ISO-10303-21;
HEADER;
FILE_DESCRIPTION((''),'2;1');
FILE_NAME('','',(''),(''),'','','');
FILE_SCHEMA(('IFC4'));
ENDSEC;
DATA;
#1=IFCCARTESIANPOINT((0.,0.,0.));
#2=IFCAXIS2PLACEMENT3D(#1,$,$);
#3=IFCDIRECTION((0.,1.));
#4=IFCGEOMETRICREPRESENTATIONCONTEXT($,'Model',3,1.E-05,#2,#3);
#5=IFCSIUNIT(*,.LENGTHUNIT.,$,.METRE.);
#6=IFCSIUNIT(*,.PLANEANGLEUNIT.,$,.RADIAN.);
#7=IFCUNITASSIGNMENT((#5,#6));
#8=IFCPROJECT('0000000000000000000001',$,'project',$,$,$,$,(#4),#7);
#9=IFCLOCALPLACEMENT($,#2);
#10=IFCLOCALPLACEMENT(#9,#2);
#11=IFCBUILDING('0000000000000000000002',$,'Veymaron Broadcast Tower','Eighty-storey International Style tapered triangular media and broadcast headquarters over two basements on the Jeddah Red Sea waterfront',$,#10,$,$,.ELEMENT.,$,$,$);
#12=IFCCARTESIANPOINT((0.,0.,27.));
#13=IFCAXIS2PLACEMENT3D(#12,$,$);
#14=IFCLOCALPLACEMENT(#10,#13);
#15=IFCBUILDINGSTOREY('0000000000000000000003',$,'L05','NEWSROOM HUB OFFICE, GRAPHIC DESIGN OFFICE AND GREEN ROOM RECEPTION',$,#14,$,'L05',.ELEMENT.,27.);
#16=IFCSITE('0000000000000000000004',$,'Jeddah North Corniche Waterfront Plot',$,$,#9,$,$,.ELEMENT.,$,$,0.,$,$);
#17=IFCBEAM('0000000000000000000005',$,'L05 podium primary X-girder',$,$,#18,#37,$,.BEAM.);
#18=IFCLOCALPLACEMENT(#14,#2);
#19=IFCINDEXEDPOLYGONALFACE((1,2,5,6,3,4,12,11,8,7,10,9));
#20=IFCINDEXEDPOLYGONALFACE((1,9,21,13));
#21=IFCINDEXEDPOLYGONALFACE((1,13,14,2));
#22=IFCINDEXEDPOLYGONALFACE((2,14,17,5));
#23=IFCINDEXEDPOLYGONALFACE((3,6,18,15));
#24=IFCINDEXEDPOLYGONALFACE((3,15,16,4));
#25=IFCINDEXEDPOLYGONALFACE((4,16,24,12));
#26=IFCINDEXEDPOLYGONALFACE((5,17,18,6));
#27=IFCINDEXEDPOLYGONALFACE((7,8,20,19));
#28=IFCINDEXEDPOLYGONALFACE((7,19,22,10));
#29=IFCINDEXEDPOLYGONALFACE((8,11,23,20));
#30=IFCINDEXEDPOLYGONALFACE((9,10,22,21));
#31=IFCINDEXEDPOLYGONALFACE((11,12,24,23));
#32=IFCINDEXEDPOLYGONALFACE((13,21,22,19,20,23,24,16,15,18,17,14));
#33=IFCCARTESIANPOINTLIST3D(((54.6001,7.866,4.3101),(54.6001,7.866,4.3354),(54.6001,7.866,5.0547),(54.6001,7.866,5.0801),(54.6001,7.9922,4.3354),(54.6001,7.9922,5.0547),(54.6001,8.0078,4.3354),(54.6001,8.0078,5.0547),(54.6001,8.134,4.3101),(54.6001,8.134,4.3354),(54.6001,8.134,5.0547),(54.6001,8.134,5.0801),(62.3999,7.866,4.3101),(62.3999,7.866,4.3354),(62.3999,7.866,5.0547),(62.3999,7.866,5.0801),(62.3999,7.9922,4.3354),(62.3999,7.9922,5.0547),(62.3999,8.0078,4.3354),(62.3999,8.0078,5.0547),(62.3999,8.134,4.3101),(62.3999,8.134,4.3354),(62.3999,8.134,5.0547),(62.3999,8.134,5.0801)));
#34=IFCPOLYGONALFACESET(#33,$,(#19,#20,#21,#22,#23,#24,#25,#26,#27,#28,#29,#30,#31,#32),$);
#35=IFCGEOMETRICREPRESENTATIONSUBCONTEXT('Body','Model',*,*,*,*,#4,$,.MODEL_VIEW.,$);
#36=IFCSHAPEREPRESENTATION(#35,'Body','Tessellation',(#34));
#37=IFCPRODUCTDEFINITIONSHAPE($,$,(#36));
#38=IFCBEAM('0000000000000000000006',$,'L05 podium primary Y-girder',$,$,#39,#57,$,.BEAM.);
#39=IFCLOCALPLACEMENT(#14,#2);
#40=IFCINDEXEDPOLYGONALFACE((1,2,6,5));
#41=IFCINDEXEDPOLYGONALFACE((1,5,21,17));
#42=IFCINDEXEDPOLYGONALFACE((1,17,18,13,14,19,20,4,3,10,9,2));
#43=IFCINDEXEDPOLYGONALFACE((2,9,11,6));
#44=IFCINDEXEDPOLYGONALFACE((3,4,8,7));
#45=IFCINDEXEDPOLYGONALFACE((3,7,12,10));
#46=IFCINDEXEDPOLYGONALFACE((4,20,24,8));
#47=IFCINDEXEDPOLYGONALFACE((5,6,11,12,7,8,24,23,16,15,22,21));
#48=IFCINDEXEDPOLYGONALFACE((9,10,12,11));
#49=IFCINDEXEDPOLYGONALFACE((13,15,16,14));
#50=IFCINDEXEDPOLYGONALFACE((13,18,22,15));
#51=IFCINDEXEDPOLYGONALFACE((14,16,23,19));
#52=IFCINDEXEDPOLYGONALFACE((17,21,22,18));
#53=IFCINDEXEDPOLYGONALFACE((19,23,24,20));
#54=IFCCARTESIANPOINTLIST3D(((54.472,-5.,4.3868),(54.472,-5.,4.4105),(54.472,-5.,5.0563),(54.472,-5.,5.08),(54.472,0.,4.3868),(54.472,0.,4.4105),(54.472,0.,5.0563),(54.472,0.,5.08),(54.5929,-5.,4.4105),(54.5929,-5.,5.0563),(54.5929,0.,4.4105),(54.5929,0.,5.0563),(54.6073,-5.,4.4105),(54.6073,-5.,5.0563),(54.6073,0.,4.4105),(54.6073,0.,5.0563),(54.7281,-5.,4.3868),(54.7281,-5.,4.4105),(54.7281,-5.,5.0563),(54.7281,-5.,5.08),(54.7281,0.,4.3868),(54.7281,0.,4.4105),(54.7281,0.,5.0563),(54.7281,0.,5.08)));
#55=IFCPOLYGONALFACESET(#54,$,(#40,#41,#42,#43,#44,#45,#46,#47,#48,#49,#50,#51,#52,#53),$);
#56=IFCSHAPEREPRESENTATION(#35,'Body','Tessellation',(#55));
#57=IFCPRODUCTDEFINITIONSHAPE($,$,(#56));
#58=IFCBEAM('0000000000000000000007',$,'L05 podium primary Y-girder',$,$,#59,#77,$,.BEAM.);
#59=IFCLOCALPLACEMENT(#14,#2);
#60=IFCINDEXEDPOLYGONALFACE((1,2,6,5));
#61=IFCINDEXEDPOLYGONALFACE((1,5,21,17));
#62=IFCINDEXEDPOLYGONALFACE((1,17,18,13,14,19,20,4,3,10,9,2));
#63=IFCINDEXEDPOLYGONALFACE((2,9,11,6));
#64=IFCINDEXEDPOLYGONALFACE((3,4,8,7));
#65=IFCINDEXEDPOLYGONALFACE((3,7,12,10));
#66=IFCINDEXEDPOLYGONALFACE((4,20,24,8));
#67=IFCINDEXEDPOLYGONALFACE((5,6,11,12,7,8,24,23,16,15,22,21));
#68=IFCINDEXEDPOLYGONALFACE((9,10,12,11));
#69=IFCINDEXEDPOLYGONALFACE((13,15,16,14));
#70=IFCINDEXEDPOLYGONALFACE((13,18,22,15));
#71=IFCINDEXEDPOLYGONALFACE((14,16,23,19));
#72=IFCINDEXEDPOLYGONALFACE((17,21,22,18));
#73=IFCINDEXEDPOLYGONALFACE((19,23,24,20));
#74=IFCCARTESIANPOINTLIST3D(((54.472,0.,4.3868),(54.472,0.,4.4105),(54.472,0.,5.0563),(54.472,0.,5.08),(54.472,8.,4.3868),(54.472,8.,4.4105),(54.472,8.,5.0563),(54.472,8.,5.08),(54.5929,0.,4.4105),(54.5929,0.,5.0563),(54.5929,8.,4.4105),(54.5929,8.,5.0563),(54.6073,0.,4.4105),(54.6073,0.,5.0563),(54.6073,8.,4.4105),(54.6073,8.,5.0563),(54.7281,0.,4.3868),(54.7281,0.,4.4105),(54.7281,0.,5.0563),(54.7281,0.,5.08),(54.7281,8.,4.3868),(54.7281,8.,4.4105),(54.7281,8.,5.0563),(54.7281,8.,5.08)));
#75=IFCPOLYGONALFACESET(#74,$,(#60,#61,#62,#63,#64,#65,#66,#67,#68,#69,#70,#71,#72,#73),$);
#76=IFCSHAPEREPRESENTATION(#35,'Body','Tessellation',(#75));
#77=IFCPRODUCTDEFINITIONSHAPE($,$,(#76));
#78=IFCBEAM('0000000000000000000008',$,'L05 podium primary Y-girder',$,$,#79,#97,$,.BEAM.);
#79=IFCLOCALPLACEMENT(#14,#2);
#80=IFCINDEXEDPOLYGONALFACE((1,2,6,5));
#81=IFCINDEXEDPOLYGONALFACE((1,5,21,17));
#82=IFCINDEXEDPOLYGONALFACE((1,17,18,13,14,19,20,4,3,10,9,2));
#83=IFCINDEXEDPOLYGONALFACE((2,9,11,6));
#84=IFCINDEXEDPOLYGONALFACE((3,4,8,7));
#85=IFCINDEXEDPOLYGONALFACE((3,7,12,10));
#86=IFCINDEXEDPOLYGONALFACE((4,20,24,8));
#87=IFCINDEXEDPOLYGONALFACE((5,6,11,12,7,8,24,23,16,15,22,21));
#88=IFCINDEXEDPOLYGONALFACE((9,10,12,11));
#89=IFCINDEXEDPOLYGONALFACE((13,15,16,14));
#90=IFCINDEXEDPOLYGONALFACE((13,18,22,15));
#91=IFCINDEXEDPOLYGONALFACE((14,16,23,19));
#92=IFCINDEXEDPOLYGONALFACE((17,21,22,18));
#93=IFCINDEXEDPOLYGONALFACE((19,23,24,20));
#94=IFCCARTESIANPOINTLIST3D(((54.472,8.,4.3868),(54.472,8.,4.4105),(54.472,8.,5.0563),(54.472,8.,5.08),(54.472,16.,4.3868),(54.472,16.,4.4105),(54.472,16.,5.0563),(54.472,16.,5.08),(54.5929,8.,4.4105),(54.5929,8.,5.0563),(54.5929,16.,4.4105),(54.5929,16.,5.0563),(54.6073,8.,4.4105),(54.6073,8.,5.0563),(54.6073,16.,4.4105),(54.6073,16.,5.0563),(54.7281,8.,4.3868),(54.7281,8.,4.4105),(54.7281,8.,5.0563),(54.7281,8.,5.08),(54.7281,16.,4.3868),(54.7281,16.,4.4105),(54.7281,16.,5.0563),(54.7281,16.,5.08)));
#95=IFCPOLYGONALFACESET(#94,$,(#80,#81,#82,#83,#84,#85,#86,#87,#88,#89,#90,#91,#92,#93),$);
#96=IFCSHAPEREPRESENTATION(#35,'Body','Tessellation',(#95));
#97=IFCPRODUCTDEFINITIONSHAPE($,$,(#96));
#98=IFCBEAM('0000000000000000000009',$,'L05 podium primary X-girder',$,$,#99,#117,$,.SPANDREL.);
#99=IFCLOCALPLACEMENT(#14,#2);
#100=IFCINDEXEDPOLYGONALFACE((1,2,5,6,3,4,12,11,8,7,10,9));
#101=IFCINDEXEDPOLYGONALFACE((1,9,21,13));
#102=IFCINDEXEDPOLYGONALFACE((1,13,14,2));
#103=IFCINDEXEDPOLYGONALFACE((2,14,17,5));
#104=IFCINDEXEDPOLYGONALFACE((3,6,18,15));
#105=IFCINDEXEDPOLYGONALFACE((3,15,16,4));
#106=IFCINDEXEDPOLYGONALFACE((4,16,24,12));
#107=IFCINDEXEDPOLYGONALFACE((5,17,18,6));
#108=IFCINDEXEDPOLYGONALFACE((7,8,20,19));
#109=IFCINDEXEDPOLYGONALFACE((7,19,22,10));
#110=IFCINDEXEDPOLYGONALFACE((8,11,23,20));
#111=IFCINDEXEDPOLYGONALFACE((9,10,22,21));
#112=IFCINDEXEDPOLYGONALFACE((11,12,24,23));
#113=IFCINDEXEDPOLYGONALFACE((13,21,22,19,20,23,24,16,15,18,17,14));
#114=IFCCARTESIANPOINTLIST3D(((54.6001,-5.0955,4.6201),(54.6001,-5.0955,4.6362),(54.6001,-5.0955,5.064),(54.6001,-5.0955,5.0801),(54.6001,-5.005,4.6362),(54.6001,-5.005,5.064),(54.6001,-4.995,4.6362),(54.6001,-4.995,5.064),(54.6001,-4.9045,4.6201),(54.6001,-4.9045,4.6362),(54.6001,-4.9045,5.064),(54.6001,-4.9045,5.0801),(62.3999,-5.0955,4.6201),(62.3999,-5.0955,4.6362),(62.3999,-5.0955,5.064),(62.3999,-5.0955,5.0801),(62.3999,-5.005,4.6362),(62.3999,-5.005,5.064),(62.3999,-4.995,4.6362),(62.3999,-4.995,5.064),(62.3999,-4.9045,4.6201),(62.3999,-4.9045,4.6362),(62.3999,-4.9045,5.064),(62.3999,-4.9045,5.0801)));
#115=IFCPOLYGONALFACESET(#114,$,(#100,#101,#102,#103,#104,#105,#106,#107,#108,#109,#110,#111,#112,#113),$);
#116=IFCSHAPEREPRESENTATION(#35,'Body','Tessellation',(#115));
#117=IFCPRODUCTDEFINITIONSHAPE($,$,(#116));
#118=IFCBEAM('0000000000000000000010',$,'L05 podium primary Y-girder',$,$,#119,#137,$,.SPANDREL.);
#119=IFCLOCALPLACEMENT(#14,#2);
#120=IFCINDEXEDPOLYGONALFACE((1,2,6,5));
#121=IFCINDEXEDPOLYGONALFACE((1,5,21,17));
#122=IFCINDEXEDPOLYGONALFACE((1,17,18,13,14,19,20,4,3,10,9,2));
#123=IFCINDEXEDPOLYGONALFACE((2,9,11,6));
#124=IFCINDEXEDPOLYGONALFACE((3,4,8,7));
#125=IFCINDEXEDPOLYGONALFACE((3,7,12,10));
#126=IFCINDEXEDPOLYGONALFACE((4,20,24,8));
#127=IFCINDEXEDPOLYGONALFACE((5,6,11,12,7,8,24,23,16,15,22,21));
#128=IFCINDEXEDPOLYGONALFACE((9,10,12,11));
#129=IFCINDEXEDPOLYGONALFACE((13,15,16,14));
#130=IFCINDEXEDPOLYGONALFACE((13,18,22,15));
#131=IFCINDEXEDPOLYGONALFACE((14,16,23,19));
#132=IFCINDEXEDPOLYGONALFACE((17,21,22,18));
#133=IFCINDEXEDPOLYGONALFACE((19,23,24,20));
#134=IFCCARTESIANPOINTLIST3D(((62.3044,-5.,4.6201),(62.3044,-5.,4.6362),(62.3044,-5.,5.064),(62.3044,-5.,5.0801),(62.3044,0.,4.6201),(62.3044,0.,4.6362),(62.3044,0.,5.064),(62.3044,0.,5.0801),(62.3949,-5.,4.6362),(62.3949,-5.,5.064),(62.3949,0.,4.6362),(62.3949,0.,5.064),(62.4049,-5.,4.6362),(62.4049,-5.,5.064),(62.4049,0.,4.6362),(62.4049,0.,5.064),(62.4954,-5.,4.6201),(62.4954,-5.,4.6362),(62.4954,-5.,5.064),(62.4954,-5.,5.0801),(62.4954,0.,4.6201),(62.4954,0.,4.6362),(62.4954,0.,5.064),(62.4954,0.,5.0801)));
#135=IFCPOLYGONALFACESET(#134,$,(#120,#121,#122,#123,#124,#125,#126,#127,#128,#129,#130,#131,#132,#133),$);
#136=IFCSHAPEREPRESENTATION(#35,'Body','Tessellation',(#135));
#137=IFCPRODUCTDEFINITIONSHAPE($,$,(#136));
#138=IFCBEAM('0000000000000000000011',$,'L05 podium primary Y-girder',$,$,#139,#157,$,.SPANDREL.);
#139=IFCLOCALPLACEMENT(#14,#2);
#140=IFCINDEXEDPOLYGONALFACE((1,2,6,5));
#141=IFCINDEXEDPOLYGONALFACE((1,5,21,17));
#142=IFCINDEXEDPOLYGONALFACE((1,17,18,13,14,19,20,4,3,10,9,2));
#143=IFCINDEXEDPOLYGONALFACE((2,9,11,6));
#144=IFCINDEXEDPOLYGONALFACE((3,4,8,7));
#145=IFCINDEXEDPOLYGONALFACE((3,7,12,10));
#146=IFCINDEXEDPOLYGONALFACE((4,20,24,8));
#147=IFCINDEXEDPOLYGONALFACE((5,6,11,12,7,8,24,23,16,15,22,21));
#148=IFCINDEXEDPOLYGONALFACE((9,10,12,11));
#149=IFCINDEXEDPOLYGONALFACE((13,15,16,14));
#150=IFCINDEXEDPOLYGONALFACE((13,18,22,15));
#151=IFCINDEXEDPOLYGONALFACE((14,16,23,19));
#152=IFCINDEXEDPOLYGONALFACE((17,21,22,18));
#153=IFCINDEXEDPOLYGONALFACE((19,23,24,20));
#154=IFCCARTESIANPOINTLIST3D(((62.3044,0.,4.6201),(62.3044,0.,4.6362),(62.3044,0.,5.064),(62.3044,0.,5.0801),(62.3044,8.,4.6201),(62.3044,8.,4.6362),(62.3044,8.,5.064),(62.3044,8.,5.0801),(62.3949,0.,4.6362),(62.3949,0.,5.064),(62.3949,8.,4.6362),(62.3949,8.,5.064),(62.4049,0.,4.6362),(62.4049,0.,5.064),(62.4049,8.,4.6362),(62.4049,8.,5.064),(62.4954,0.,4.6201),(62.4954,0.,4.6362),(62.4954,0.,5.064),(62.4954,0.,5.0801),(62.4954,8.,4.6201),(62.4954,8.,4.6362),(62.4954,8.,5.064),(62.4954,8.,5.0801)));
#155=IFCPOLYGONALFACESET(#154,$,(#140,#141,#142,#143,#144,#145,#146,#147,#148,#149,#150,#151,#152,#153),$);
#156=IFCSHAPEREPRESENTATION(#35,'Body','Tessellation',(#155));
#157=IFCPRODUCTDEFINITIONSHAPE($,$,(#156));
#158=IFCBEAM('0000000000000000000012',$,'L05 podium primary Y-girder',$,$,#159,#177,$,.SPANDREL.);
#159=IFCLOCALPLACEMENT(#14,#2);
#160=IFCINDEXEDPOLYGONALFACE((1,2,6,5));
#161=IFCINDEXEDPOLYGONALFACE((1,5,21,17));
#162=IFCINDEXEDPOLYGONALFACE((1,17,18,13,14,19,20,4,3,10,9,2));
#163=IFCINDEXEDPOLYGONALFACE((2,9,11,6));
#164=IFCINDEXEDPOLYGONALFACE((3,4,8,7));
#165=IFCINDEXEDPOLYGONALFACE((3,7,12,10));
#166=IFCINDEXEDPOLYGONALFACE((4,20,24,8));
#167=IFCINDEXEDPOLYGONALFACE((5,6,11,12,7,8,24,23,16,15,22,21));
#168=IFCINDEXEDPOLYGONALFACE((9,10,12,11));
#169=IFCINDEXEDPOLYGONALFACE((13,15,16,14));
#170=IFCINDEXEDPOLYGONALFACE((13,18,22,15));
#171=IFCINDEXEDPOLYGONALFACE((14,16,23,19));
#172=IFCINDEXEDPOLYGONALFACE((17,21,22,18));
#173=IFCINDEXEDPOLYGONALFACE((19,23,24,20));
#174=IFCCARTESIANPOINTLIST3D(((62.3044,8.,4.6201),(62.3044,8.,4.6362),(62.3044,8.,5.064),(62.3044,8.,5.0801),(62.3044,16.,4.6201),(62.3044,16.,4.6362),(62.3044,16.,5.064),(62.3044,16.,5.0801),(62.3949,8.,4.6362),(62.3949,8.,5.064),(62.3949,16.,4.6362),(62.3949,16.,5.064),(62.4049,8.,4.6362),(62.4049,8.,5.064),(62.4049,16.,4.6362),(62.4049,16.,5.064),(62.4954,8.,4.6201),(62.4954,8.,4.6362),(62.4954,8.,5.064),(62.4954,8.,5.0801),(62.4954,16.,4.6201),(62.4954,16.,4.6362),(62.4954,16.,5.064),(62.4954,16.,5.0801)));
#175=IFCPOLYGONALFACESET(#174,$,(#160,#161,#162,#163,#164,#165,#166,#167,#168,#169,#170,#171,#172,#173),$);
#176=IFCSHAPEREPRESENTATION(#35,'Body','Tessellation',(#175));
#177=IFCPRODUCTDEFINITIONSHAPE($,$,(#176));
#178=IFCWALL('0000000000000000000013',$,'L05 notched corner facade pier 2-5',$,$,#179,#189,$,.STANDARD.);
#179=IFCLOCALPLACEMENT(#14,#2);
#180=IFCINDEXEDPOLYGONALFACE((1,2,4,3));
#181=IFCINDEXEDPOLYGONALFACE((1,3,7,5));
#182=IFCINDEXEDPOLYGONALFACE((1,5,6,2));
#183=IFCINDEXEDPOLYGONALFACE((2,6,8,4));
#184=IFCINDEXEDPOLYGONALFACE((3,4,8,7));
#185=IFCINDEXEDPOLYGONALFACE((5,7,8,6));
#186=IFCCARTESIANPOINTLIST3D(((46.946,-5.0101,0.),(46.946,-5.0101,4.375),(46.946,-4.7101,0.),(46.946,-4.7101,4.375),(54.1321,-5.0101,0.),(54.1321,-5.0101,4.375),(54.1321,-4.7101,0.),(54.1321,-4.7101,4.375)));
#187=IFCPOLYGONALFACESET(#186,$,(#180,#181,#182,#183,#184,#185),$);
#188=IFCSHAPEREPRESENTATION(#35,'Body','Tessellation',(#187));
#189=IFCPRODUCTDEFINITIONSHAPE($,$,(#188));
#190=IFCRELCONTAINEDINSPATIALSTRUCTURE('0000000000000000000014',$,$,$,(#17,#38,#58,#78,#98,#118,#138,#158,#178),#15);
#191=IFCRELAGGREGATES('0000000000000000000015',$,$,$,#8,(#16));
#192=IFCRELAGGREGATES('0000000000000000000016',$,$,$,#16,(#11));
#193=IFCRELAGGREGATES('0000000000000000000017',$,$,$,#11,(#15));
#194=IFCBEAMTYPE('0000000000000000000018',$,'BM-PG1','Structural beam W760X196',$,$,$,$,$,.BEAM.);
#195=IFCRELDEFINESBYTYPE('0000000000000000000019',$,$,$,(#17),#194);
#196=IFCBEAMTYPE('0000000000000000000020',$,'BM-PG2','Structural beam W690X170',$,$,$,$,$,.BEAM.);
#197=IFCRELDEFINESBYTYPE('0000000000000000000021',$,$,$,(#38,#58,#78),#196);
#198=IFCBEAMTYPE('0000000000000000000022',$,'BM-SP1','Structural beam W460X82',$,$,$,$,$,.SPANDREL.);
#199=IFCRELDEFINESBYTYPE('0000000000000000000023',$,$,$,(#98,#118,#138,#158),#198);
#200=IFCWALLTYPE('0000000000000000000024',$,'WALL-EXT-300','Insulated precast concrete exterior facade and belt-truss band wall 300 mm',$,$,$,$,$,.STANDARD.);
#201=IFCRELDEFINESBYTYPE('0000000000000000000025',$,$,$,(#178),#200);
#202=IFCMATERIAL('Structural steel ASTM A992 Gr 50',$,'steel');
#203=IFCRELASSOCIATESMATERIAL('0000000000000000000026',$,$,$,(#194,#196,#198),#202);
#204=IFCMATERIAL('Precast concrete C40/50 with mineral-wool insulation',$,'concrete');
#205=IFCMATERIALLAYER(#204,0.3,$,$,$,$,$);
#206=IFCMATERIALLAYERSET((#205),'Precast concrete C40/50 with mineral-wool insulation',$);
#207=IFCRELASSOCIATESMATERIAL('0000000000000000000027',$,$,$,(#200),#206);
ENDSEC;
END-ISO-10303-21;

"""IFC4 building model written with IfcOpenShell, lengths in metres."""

from ifc_helpers import new_model, si_unit, direction, frame, frame_2d, origin, origin_2d, place, context, subcontext, project, spatial, rectangle, i_section, extrude, material, layer, layer_set, material_profile, profile_set, type_object, element, save


model = new_model("IFC4")

# Units and contexts
model_context = context("Model", 3, precision=1e-05, world=origin(), true_north=direction((0.0, 1.0)))
body_context = subcontext(model_context, "Body", "Model", "MODEL_VIEW")
ifc_project = project(units=[si_unit("LENGTHUNIT", "METRE"), si_unit("PLANEANGLEUNIT", "RADIAN")], contexts=[model_context])

# Site, building, storey
site_placement = place(None, origin())
site = spatial("IfcSite", under=ifc_project, at=site_placement, Name="Jeddah North Corniche Waterfront Plot", CompositionType="ELEMENT", RefElevation=0.0)
building_placement = place(site_placement, origin())
building = spatial("IfcBuilding", under=site, at=building_placement, Name="Veymaron Broadcast Tower", Description="Eighty-storey International Style tapered triangular media and broadcast headquarters over two basements on the Jeddah Red Sea waterfront", CompositionType="ELEMENT")
storey_placement = place(building_placement, frame((0.0, 0.0, 27.0)))
storey = spatial("IfcBuildingStorey", under=building, at=storey_placement, Name="L05", Description="NEWSROOM HUB OFFICE, GRAPHIC DESIGN OFFICE AND GREEN ROOM RECEPTION", LongName="L05", CompositionType="ELEMENT", Elevation=27.0)

# Beams
ifc_material_1 = material(Name="Structural steel ASTM A992 Gr 50", Category="steel")
ifc_material_profile_1 = material_profile(ifc_material_1, i_section(OverallWidth=0.2681, OverallDepth=0.77, WebThickness=0.0156, FlangeThickness=0.0254, at=origin_2d()), Name="W760X196")
ifc_profile_set_1 = profile_set([ifc_material_profile_1], Name="Structural steel ASTM A992 Gr 50")
beam_type_1 = type_object("IfcBeamType", Name="BM-PG1", Description="Structural beam W760X196", PredefinedType="BEAM", material=ifc_profile_set_1)
for number, where, z_axis, x_axis, name in (
    (1, (54.6001, 8.0, 4.6951), (1.0, 0.0, 0.0), (0.0, 1.0, 0.0), "L05 podium primary X-girder"),
):
    element("IfcBeam", number, at=place(storey_placement, frame(where, z_axis=z_axis, x_axis=x_axis)), inside=storey, type_object=beam_type_1, Name=name, PredefinedType="BEAM", context=body_context, shape_type="SweptSolid", body=[
        extrude(i_section(OverallWidth=0.2681, OverallDepth=0.77, WebThickness=0.0156, FlangeThickness=0.0254, at=origin_2d()), origin(), (0.0, 0.0, 1.0), 7.7998),
    ])
ifc_material_profile_2 = material_profile(ifc_material_1, i_section(OverallWidth=0.2561, OverallDepth=0.6931, WebThickness=0.0144, FlangeThickness=0.0237, at=origin_2d()), Name="W690X170")
ifc_profile_set_2 = profile_set([ifc_material_profile_2], Name="Structural steel ASTM A992 Gr 50")
beam_type_2 = type_object("IfcBeamType", Name="BM-PG2", Description="Structural beam W690X170", PredefinedType="BEAM", material=ifc_profile_set_2)
beam_1_placement = place(storey_placement, frame((54.6001, -5.0, 4.7334), z_axis=(0.0, 1.0, 0.0), x_axis=(-1.0, 0.0, 0.0)))
element("IfcBeam", 2, at=beam_1_placement, inside=storey, type_object=beam_type_2, Name="L05 podium primary Y-girder", PredefinedType="BEAM", context=body_context, shape_type="SweptSolid", body=[
    extrude(i_section(OverallWidth=0.2561, OverallDepth=0.6931, WebThickness=0.0144, FlangeThickness=0.0237, at=origin_2d()), origin(), (0.0, 0.0, 1.0), 5.0),
])
for number, where, z_axis, x_axis, name in (
    (3, (54.6001, 0.0, 4.7334), (0.0, 1.0, 0.0), (-1.0, 0.0, 0.0), "L05 podium primary Y-girder"),
    (4, (54.6001, 8.0, 4.7334), (0.0, 1.0, 0.0), (-1.0, 0.0, 0.0), "L05 podium primary Y-girder"),
):
    element("IfcBeam", number, at=place(storey_placement, frame(where, z_axis=z_axis, x_axis=x_axis)), inside=storey, type_object=beam_type_2, Name=name, PredefinedType="BEAM", context=body_context, shape_type="SweptSolid", body=[
        extrude(i_section(OverallWidth=0.2561, OverallDepth=0.6931, WebThickness=0.0144, FlangeThickness=0.0237, at=origin_2d()), origin(), (0.0, 0.0, 1.0), 8.0),
    ])
ifc_material_profile_3 = material_profile(ifc_material_1, i_section(OverallWidth=0.1909, OverallDepth=0.46, WebThickness=0.01, FlangeThickness=0.0161, at=origin_2d()), Name="W460X82")
ifc_profile_set_3 = profile_set([ifc_material_profile_3], Name="Structural steel ASTM A992 Gr 50")
beam_type_3 = type_object("IfcBeamType", Name="BM-SP1", Description="Structural beam W460X82", PredefinedType="SPANDREL", material=ifc_profile_set_3)
beam_2_placement = place(storey_placement, frame((54.6001, -5.0, 4.8501), z_axis=(1.0, 0.0, 0.0), x_axis=(0.0, 1.0, 0.0)))
element("IfcBeam", 5, at=beam_2_placement, inside=storey, type_object=beam_type_3, Name="L05 podium primary X-girder", PredefinedType="SPANDREL", context=body_context, shape_type="SweptSolid", body=[
    extrude(i_section(OverallWidth=0.1909, OverallDepth=0.46, WebThickness=0.01, FlangeThickness=0.0161, at=origin_2d()), origin(), (0.0, 0.0, 1.0), 7.7998),
])
beam_3_placement = place(storey_placement, frame((62.3999, -5.0, 4.8501), z_axis=(0.0, 1.0, 0.0), x_axis=(-1.0, 0.0, 0.0)))
element("IfcBeam", 6, at=beam_3_placement, inside=storey, type_object=beam_type_3, Name="L05 podium primary Y-girder", PredefinedType="SPANDREL", context=body_context, shape_type="SweptSolid", body=[
    extrude(i_section(OverallWidth=0.1909, OverallDepth=0.46, WebThickness=0.01, FlangeThickness=0.0161, at=origin_2d()), origin(), (0.0, 0.0, 1.0), 5.0),
])
for number, where, z_axis, x_axis, name in (
    (7, (62.3999, 0.0, 4.8501), (0.0, 1.0, 0.0), (-1.0, 0.0, 0.0), "L05 podium primary Y-girder"),
    (8, (62.3999, 8.0, 4.8501), (0.0, 1.0, 0.0), (-1.0, 0.0, 0.0), "L05 podium primary Y-girder"),
):
    element("IfcBeam", number, at=place(storey_placement, frame(where, z_axis=z_axis, x_axis=x_axis)), inside=storey, type_object=beam_type_3, Name=name, PredefinedType="SPANDREL", context=body_context, shape_type="SweptSolid", body=[
        extrude(i_section(OverallWidth=0.1909, OverallDepth=0.46, WebThickness=0.01, FlangeThickness=0.0161, at=origin_2d()), origin(), (0.0, 0.0, 1.0), 8.0),
    ])

# Wall
ifc_material_2 = material(Name="Precast concrete C40/50 with mineral-wool insulation", Category="concrete")
ifc_layer = layer(ifc_material_2, 0.3)
ifc_layer_set = layer_set([ifc_layer], Name="Precast concrete C40/50 with mineral-wool insulation")
wall_type = type_object("IfcWallType", Name="WALL-EXT-300", Description="Insulated precast concrete exterior facade and belt-truss band wall 300 mm", PredefinedType="STANDARD", material=ifc_layer_set)
wall_1_placement = place(storey_placement, frame((46.946, -4.8601, 0.0), z_axis=(0.0, 0.0, 1.0), x_axis=(1.0, 0.0, 0.0)))
element("IfcWall", 9, at=wall_1_placement, inside=storey, type_object=wall_type, Name="L05 notched corner facade pier 2-5", PredefinedType="STANDARD", context=body_context, shape_type="SweptSolid", body=[
    extrude(rectangle(XDim=7.186, YDim=0.3, at=frame_2d((3.593, 0.0))), origin(), (0.0, 0.0, 1.0), 4.375),
])

save(model, "model.ifc")
